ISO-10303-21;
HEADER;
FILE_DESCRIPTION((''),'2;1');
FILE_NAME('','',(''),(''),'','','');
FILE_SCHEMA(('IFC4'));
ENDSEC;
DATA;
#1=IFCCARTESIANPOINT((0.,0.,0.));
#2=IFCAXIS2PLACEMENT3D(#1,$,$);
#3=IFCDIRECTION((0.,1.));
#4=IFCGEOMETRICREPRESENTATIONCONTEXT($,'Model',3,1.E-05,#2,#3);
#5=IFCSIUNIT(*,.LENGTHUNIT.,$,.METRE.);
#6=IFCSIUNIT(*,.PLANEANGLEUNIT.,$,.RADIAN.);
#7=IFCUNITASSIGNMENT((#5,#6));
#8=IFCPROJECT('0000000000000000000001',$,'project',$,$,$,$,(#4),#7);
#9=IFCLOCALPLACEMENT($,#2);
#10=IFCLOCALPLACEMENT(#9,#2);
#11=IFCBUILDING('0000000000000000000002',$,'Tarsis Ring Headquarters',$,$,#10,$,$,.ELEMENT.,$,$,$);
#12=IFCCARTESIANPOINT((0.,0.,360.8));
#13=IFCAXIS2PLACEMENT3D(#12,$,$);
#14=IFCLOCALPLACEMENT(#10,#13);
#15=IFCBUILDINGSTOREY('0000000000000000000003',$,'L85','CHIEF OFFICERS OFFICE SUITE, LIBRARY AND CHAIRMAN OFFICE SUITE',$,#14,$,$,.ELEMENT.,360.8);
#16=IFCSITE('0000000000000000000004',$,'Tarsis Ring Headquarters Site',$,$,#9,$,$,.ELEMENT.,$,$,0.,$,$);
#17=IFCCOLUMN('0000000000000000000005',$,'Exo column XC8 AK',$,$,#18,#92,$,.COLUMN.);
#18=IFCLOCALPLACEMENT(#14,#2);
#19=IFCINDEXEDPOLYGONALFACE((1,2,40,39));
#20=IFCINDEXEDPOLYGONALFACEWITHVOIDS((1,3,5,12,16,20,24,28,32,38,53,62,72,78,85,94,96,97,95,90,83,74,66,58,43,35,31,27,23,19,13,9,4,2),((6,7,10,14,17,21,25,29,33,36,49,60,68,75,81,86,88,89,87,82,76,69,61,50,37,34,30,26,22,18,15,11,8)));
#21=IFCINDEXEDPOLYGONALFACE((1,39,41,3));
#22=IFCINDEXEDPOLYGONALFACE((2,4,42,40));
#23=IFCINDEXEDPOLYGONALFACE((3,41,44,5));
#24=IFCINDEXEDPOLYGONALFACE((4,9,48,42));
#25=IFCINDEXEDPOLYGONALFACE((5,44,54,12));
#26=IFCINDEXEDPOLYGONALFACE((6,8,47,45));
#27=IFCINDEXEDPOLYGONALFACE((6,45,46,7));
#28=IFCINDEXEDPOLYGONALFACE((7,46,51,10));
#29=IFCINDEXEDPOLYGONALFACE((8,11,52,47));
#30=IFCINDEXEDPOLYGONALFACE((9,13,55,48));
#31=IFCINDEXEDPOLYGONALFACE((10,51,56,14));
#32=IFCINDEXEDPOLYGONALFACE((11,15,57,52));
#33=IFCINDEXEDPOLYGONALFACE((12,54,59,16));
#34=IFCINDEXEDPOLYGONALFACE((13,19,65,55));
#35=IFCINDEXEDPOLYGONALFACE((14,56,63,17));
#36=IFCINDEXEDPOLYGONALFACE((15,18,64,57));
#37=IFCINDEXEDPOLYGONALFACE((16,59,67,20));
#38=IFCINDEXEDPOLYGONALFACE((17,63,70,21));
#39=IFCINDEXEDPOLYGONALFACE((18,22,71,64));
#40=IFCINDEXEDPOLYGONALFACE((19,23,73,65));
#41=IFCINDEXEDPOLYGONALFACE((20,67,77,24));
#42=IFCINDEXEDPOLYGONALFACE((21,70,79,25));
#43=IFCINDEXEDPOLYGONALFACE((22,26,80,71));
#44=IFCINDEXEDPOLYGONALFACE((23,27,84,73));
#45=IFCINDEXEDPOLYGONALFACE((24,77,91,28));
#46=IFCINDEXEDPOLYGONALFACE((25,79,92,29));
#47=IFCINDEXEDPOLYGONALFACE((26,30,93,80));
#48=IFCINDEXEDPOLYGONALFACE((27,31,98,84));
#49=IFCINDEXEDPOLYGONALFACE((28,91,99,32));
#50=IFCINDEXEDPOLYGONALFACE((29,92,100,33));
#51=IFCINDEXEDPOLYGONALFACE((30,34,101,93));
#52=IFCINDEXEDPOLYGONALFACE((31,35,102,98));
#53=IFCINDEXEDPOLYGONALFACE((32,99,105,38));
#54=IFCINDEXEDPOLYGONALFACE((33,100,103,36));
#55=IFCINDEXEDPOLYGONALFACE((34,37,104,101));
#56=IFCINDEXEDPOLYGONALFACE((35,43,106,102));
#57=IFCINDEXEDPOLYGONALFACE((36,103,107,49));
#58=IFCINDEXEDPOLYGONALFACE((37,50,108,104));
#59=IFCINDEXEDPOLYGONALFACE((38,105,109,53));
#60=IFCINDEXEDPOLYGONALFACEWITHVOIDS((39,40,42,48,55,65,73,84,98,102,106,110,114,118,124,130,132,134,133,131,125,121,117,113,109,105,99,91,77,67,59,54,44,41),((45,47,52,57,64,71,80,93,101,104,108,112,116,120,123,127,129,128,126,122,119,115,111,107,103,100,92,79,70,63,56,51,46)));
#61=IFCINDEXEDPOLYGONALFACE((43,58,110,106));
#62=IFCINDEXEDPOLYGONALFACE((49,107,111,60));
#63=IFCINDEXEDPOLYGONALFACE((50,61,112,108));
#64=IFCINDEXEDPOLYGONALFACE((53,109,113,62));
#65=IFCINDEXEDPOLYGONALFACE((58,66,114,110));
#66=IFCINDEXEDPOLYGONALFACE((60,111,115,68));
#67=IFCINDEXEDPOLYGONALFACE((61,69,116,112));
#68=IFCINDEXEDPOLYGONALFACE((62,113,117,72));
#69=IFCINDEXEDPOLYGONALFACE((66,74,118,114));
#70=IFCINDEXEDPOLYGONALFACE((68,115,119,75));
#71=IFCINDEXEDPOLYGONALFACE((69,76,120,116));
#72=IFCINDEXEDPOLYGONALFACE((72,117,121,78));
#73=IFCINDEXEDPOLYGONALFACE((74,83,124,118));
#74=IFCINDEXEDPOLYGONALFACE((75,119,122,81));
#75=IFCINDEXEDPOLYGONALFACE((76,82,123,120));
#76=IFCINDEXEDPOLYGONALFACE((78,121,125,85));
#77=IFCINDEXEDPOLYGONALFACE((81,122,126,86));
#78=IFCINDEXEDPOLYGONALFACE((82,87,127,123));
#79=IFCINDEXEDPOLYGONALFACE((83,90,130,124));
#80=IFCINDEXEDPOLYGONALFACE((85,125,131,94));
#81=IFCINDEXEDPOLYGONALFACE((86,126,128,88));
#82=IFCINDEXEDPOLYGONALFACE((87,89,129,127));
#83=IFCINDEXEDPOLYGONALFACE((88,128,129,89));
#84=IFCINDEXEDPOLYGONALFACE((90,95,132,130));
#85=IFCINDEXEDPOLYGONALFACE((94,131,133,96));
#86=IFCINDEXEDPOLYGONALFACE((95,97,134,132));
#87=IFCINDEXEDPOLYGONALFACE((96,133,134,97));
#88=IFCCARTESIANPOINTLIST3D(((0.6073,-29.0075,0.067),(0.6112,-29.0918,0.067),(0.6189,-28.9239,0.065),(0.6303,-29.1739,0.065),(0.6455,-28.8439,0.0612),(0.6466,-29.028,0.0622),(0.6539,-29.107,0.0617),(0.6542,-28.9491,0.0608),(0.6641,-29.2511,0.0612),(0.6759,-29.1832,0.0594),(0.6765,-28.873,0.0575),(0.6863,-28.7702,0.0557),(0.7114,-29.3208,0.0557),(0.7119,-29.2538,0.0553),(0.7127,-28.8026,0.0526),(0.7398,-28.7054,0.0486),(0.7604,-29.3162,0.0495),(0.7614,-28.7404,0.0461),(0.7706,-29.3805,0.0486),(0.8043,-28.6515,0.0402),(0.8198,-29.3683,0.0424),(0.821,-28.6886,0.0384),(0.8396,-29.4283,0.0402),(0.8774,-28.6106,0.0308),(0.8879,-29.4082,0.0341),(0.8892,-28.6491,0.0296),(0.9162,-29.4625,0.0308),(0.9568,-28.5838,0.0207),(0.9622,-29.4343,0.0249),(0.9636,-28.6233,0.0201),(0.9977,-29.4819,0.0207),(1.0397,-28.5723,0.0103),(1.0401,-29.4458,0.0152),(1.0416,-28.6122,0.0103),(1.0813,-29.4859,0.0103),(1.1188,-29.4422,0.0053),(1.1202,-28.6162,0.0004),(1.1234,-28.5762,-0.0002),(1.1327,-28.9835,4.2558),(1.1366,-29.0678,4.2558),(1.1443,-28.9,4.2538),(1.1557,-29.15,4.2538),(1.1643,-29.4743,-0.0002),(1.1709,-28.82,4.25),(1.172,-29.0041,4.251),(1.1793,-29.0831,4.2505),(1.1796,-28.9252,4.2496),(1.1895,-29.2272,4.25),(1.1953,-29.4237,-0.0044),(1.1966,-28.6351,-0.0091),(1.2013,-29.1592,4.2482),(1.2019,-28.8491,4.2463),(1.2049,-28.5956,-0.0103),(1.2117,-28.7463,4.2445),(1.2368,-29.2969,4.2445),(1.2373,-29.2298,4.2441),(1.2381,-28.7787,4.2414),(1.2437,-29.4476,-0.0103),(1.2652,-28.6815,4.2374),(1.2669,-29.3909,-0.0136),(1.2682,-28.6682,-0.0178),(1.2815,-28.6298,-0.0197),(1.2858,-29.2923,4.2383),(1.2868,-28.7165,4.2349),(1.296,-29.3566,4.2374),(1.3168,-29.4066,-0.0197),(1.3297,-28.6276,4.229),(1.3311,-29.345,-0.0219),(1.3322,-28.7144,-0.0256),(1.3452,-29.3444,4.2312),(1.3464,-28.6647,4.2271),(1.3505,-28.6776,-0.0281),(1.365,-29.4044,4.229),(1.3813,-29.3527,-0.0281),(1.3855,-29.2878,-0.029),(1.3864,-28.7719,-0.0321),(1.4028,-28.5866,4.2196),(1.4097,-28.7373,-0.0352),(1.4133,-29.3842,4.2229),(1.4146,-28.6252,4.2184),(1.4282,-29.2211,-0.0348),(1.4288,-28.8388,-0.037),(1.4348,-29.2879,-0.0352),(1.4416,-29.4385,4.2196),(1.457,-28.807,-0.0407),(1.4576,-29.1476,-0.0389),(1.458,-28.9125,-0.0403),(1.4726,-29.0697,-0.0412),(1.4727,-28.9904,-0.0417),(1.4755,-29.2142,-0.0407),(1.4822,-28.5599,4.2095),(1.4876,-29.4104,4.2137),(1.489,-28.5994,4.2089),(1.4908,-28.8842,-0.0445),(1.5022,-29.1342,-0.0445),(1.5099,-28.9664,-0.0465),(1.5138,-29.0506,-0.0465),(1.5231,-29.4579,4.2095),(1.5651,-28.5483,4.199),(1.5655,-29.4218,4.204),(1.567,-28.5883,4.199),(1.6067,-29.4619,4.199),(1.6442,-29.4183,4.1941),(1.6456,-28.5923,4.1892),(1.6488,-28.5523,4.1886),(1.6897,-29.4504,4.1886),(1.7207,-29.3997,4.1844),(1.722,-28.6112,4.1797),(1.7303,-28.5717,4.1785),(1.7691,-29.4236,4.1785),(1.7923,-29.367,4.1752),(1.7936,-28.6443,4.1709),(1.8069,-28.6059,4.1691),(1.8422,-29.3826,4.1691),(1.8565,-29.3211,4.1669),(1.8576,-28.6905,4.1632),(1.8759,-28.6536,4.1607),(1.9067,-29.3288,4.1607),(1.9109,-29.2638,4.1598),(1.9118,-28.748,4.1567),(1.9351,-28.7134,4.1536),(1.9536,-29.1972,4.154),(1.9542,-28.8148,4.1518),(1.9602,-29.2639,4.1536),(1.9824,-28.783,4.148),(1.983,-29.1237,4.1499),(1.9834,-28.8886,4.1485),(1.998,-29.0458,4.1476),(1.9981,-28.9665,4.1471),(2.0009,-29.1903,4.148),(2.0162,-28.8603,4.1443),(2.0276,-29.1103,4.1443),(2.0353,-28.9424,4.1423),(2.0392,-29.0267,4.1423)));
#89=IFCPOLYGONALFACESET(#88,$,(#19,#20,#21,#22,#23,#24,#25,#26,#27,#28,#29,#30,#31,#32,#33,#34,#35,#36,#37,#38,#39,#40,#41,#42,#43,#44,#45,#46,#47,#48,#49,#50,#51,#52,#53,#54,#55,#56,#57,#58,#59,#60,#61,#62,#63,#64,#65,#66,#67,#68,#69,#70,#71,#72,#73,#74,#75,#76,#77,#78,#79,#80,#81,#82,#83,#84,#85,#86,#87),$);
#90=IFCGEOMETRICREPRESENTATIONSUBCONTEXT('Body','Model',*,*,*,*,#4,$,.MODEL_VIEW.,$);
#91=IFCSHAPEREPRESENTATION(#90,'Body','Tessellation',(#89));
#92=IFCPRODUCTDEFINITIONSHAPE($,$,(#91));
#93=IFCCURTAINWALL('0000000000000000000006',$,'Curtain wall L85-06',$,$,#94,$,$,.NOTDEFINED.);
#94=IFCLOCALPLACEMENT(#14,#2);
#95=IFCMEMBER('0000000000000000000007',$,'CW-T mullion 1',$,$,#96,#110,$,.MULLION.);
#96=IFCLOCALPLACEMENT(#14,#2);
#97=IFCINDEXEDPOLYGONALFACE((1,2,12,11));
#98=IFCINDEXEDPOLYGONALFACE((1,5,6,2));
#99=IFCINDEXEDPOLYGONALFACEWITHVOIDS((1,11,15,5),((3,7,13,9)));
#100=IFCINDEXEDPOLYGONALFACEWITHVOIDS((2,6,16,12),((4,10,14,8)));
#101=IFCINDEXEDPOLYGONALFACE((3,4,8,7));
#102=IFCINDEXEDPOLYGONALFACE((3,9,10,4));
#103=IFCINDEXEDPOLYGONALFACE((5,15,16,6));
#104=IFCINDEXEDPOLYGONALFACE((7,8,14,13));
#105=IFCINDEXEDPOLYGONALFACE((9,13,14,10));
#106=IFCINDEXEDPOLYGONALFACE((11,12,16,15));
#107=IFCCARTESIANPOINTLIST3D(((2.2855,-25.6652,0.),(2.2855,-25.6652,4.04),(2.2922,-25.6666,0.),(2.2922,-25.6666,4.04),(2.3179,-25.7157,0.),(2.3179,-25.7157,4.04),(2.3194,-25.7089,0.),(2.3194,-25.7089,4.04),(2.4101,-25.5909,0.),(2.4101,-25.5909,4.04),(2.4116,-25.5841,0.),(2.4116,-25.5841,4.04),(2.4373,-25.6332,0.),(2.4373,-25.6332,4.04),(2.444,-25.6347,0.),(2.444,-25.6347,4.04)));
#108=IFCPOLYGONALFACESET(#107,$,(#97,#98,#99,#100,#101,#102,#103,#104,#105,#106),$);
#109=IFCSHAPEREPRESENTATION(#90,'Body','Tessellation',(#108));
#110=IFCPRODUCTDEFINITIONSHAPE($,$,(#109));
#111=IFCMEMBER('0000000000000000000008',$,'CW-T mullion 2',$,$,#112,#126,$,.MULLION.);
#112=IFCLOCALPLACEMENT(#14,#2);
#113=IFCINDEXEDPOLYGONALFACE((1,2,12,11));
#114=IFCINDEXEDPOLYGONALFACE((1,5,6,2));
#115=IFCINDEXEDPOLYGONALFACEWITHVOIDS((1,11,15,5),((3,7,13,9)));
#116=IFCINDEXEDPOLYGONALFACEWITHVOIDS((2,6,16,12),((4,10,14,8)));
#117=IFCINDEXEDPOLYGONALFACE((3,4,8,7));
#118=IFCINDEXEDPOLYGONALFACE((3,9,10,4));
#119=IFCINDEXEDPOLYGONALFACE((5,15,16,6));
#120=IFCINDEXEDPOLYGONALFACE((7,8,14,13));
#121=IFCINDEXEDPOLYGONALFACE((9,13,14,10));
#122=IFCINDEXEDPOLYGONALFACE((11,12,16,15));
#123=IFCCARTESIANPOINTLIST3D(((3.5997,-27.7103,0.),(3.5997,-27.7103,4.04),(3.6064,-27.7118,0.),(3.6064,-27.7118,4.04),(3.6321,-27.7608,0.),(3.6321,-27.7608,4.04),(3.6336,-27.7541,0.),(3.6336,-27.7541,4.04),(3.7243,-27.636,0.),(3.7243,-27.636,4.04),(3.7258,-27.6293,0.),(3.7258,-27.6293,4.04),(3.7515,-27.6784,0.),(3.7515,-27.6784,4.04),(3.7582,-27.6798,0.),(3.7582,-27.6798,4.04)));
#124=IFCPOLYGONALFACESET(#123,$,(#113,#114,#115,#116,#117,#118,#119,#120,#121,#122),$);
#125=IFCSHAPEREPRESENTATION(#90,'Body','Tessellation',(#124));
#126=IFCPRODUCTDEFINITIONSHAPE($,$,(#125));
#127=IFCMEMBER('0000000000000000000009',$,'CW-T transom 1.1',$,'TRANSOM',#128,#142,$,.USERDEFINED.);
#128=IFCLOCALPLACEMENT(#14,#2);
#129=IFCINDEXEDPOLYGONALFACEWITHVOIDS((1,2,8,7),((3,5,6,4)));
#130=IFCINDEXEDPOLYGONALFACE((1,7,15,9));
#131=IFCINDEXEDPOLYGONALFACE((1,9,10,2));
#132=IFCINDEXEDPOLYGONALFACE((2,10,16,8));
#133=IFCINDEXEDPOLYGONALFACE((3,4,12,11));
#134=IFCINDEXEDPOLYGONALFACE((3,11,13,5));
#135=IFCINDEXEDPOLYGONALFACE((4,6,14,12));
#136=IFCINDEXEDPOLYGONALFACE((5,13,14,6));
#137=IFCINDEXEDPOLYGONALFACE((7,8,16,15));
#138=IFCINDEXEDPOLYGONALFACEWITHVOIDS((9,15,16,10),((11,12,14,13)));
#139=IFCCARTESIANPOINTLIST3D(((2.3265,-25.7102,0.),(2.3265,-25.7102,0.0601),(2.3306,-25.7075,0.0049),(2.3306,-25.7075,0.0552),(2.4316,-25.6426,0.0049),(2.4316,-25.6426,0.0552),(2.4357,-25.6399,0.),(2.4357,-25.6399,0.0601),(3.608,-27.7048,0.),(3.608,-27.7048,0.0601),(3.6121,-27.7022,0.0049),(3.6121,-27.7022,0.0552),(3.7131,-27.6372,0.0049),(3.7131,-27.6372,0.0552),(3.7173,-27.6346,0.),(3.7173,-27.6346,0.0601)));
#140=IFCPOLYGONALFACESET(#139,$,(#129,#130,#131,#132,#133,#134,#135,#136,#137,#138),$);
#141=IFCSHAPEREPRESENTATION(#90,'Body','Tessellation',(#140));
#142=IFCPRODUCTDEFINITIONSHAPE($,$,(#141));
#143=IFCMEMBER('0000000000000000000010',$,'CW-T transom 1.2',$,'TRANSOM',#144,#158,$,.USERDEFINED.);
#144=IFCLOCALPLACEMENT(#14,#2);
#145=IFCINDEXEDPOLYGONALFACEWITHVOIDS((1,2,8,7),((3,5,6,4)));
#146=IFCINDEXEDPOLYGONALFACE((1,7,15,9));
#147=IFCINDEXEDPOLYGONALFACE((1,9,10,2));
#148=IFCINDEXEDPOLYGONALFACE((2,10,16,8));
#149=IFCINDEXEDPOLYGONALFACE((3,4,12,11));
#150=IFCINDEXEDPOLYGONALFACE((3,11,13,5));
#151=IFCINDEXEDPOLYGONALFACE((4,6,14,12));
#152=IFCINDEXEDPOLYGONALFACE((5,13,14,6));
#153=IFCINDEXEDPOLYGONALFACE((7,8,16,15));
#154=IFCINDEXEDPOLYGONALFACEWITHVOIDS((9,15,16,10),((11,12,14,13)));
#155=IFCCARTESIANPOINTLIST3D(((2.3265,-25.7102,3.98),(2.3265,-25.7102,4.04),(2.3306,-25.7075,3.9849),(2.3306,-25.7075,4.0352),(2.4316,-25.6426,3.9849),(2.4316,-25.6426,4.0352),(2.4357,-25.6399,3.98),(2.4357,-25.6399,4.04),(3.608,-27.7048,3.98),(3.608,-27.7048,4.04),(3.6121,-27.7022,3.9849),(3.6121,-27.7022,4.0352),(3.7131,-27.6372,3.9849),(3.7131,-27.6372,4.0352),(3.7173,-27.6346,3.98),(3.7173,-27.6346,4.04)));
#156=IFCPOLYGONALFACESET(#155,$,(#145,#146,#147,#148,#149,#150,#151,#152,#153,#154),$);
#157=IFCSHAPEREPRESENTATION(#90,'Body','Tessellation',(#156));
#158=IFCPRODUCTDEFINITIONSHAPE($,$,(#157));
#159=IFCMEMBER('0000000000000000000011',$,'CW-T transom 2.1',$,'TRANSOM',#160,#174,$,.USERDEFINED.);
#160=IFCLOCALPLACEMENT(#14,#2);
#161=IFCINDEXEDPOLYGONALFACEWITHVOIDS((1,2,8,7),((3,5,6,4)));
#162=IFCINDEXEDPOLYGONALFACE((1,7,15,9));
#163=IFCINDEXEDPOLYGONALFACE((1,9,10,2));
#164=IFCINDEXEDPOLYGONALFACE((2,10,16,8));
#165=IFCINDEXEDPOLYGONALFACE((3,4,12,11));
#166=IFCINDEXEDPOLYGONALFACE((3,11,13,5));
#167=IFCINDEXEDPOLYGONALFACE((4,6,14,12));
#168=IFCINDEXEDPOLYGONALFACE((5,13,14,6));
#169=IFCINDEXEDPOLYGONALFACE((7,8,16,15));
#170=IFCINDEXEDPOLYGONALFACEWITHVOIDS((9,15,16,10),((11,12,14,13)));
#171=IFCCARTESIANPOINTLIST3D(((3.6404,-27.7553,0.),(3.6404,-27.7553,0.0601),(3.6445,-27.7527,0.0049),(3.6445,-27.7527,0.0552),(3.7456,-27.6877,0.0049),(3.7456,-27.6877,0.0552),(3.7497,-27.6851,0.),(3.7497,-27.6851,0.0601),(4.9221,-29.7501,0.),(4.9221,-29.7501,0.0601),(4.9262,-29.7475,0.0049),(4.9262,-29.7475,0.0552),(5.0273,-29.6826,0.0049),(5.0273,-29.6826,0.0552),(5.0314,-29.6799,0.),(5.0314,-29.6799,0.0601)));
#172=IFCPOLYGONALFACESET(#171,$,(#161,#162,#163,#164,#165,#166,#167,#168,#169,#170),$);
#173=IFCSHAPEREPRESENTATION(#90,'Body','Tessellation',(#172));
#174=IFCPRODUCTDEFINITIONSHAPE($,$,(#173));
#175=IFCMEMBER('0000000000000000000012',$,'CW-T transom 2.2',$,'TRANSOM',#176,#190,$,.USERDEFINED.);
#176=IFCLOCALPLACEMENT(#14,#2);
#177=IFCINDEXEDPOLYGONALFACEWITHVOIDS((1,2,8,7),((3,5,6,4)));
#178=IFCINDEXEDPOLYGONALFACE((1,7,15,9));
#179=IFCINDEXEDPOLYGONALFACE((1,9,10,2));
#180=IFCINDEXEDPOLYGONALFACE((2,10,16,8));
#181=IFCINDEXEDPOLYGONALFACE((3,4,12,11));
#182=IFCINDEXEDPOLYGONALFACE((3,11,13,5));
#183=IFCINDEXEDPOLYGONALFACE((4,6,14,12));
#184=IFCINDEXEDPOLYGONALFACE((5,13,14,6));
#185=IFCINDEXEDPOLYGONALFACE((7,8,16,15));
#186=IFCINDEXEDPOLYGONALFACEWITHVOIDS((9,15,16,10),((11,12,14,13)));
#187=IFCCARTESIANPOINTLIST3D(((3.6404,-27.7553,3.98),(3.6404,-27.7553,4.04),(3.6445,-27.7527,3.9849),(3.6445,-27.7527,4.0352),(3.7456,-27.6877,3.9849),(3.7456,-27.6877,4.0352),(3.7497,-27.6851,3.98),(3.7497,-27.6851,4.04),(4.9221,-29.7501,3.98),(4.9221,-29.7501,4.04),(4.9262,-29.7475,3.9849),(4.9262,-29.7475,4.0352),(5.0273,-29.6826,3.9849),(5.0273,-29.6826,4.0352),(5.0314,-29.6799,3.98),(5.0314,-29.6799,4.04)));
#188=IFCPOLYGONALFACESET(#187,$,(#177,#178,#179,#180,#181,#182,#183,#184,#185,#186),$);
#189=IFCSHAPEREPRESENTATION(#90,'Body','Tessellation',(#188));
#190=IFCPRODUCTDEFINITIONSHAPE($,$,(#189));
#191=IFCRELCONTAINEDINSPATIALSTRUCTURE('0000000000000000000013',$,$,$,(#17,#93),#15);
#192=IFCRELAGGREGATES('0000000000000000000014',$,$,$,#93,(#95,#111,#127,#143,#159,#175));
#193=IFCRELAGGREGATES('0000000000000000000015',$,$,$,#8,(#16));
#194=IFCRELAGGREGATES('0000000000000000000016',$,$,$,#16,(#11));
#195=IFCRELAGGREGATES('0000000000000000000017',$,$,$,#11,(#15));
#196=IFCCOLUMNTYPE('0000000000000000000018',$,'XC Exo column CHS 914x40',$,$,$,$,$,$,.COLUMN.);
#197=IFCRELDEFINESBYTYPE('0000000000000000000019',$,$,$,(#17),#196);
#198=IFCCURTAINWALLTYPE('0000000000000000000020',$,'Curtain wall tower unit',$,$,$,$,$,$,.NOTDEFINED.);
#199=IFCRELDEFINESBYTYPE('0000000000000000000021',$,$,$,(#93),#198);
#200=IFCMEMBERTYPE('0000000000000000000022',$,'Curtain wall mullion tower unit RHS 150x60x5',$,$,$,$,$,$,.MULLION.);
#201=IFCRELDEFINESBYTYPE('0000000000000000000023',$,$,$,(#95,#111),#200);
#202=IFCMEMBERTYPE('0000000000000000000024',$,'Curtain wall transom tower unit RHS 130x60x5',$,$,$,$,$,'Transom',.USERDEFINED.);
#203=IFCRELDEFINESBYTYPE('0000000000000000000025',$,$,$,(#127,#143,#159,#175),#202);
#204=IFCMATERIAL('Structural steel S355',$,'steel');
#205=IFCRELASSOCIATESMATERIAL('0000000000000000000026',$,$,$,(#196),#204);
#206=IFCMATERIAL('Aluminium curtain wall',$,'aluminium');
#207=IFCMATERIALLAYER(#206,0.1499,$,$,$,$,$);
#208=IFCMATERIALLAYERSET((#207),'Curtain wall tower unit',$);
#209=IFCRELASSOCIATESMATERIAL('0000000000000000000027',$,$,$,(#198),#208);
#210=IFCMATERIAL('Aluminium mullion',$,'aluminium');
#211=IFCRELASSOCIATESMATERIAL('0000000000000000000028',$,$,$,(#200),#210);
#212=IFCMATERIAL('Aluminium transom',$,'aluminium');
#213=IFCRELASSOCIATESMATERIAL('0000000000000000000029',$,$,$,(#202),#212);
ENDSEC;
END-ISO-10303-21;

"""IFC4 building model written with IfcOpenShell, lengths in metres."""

from ifc_helpers import new_model, si_unit, direction, frame, origin, origin_2d, place, context, subcontext, project, spatial, hollow_rectangle, hollow_circle, extrude, material, layer, layer_set, material_profile, profile_set, type_object, element, aggregate, save


model = new_model("IFC4")

# Units and contexts
model_context = context("Model", 3, precision=1e-05, world=origin(), true_north=direction((0.0, 1.0)))
body_context = subcontext(model_context, "Body", "Model", "MODEL_VIEW")
ifc_project = project(units=[si_unit("LENGTHUNIT", "METRE"), si_unit("PLANEANGLEUNIT", "RADIAN")], contexts=[model_context])

# Site, building, storey
site_placement = place(None, origin())
site = spatial("IfcSite", under=ifc_project, at=site_placement, Name="Tarsis Ring Headquarters Site", CompositionType="ELEMENT", RefElevation=0.0)
building_placement = place(site_placement, origin())
building = spatial("IfcBuilding", under=site, at=building_placement, Name="Tarsis Ring Headquarters", CompositionType="ELEMENT")
storey_placement = place(building_placement, frame((0.0, 0.0, 360.8)))
storey = spatial("IfcBuildingStorey", under=building, at=storey_placement, Name="L85", Description="CHIEF OFFICERS OFFICE SUITE, LIBRARY AND CHAIRMAN OFFICE SUITE", CompositionType="ELEMENT", Elevation=360.8)

# Column
ifc_material_1 = material(Name="Structural steel S355", Category="steel")
ifc_material_profile_1 = material_profile(ifc_material_1, hollow_circle(Radius=0.457, WallThickness=0.04, at=origin_2d()), Name="CHS 914x40")
ifc_profile_set_1 = profile_set([ifc_material_profile_1], Name="Structural steel S355")
column_type = type_object("IfcColumnType", Name="XC Exo column CHS 914x40", PredefinedType="COLUMN", material=ifc_profile_set_1)
column_placement = place(storey_placement, frame((1.0605, -29.0291, 0.0103), z_axis=(0.124453, 0.005667, 0.992209), x_axis=(-0.045492, 0.998965, 0.0)))
element("IfcColumn", 1, at=column_placement, inside=storey, type_object=column_type, Name="Exo column XC8 AK", PredefinedType="COLUMN", context=body_context, shape_type="SweptSolid", body=[
    extrude(hollow_circle(Radius=0.4573, WallThickness=0.04, at=origin_2d()), origin(), (0.0, 0.0, 1.0), 4.2217),
])

# Curtain wall, members
ifc_material_2 = material(Name="Aluminium curtain wall", Category="aluminium")
ifc_layer_1 = layer(ifc_material_2, 0.1499)
ifc_layer_set_1 = layer_set([ifc_layer_1], Name="Curtain wall tower unit")
curtain_wall_type = type_object("IfcCurtainWallType", Name="Curtain wall tower unit", PredefinedType="NOTDEFINED", material=ifc_layer_set_1)
curtain_wall_placement = place(storey_placement, origin())
curtain_wall = element("IfcCurtainWall", 2, at=curtain_wall_placement, inside=storey, type_object=curtain_wall_type, Name="Curtain wall L85-06", PredefinedType="NOTDEFINED")
ifc_material_3 = material(Name="Aluminium mullion", Category="aluminium")
ifc_material_profile_2 = material_profile(ifc_material_3, hollow_rectangle(XDim=0.1499, YDim=0.0601, WallThickness=0.0049, at=origin_2d()), Name="RHS 150x60x5")
ifc_profile_set_2 = profile_set([ifc_material_profile_2], Name="Aluminium mullion")
member_type_1 = type_object("IfcMemberType", Name="Curtain wall mullion tower unit RHS 150x60x5", PredefinedType="MULLION", material=ifc_profile_set_2)
member_1_placement = place(storey_placement, frame((2.3647, -25.6499, 0.0), z_axis=(0.0, 0.0, 1.0), x_axis=(0.841322, 0.540534, 0.0)))
member_1 = element("IfcMember", 3, at=member_1_placement, type_object=member_type_1, Name="CW-T mullion 1", PredefinedType="MULLION", context=body_context, shape_type="SweptSolid", body=[
    extrude(hollow_rectangle(XDim=0.1499, YDim=0.0601, WallThickness=0.0049, at=origin_2d()), origin(), (0.0, 0.0, 1.0), 4.04),
])
member_2_placement = place(storey_placement, frame((3.679, -27.6951, 0.0), z_axis=(0.0, 0.0, 1.0), x_axis=(0.841322, 0.540534, 0.0)))
member_2 = element("IfcMember", 4, at=member_2_placement, type_object=member_type_1, Name="CW-T mullion 2", PredefinedType="MULLION", context=body_context, shape_type="SweptSolid", body=[
    extrude(hollow_rectangle(XDim=0.1499, YDim=0.0601, WallThickness=0.0049, at=origin_2d()), origin(), (0.0, 0.0, 1.0), 4.04),
])
ifc_material_4 = material(Name="Aluminium transom", Category="aluminium")
ifc_material_profile_3 = material_profile(ifc_material_4, hollow_rectangle(XDim=0.1299, YDim=0.0601, WallThickness=0.0049, at=origin_2d()), Name="RHS 130x60x5")
ifc_profile_set_3 = profile_set([ifc_material_profile_3], Name="Aluminium transom")
member_type_2 = type_object("IfcMemberType", Name="Curtain wall transom tower unit RHS 130x60x5", ElementType="Transom", PredefinedType="USERDEFINED", material=ifc_profile_set_3)
member_3_placement = place(storey_placement, frame((2.3811, -25.675, 0.03), z_axis=(0.540529, -0.841326, 0.0), x_axis=(0.841326, 0.540529, 0.0)))
member_3 = element("IfcMember", 5, at=member_3_placement, type_object=member_type_2, Name="CW-T transom 1.1", ObjectType="TRANSOM", PredefinedType="USERDEFINED", context=body_context, shape_type="SweptSolid", body=[
    extrude(hollow_rectangle(XDim=0.1299, YDim=0.0601, WallThickness=0.0049, at=origin_2d()), origin(), (0.0, 0.0, 1.0), 2.3708),
])
member_4_placement = place(storey_placement, frame((2.3811, -25.675, 4.01), z_axis=(0.540529, -0.841326, 0.0), x_axis=(0.841326, 0.540529, 0.0)))
member_4 = element("IfcMember", 6, at=member_4_placement, type_object=member_type_2, Name="CW-T transom 1.2", ObjectType="TRANSOM", PredefinedType="USERDEFINED", context=body_context, shape_type="SweptSolid", body=[
    extrude(hollow_rectangle(XDim=0.1299, YDim=0.0601, WallThickness=0.0049, at=origin_2d()), origin(), (0.0, 0.0, 1.0), 2.3708),
])
member_5_placement = place(storey_placement, frame((3.6951, -27.7202, 0.03), z_axis=(0.540555, -0.841309, 0.0), x_axis=(0.841309, 0.540555, 0.0)))
member_5 = element("IfcMember", 7, at=member_5_placement, type_object=member_type_2, Name="CW-T transom 2.1", ObjectType="TRANSOM", PredefinedType="USERDEFINED", context=body_context, shape_type="SweptSolid", body=[
    extrude(hollow_rectangle(XDim=0.1299, YDim=0.0601, WallThickness=0.0049, at=origin_2d()), origin(), (0.0, 0.0, 1.0), 2.3711),
])
member_6_placement = place(storey_placement, frame((3.6951, -27.7202, 4.01), z_axis=(0.540555, -0.841309, 0.0), x_axis=(0.841309, 0.540555, 0.0)))
member_6 = element("IfcMember", 8, at=member_6_placement, type_object=member_type_2, Name="CW-T transom 2.2", ObjectType="TRANSOM", PredefinedType="USERDEFINED", context=body_context, shape_type="SweptSolid", body=[
    extrude(hollow_rectangle(XDim=0.1299, YDim=0.0601, WallThickness=0.0049, at=origin_2d()), origin(), (0.0, 0.0, 1.0), 2.3711),
])

aggregate(curtain_wall, [member_1, member_2, member_3, member_4, member_5, member_6])

save(model, "model.ifc")
